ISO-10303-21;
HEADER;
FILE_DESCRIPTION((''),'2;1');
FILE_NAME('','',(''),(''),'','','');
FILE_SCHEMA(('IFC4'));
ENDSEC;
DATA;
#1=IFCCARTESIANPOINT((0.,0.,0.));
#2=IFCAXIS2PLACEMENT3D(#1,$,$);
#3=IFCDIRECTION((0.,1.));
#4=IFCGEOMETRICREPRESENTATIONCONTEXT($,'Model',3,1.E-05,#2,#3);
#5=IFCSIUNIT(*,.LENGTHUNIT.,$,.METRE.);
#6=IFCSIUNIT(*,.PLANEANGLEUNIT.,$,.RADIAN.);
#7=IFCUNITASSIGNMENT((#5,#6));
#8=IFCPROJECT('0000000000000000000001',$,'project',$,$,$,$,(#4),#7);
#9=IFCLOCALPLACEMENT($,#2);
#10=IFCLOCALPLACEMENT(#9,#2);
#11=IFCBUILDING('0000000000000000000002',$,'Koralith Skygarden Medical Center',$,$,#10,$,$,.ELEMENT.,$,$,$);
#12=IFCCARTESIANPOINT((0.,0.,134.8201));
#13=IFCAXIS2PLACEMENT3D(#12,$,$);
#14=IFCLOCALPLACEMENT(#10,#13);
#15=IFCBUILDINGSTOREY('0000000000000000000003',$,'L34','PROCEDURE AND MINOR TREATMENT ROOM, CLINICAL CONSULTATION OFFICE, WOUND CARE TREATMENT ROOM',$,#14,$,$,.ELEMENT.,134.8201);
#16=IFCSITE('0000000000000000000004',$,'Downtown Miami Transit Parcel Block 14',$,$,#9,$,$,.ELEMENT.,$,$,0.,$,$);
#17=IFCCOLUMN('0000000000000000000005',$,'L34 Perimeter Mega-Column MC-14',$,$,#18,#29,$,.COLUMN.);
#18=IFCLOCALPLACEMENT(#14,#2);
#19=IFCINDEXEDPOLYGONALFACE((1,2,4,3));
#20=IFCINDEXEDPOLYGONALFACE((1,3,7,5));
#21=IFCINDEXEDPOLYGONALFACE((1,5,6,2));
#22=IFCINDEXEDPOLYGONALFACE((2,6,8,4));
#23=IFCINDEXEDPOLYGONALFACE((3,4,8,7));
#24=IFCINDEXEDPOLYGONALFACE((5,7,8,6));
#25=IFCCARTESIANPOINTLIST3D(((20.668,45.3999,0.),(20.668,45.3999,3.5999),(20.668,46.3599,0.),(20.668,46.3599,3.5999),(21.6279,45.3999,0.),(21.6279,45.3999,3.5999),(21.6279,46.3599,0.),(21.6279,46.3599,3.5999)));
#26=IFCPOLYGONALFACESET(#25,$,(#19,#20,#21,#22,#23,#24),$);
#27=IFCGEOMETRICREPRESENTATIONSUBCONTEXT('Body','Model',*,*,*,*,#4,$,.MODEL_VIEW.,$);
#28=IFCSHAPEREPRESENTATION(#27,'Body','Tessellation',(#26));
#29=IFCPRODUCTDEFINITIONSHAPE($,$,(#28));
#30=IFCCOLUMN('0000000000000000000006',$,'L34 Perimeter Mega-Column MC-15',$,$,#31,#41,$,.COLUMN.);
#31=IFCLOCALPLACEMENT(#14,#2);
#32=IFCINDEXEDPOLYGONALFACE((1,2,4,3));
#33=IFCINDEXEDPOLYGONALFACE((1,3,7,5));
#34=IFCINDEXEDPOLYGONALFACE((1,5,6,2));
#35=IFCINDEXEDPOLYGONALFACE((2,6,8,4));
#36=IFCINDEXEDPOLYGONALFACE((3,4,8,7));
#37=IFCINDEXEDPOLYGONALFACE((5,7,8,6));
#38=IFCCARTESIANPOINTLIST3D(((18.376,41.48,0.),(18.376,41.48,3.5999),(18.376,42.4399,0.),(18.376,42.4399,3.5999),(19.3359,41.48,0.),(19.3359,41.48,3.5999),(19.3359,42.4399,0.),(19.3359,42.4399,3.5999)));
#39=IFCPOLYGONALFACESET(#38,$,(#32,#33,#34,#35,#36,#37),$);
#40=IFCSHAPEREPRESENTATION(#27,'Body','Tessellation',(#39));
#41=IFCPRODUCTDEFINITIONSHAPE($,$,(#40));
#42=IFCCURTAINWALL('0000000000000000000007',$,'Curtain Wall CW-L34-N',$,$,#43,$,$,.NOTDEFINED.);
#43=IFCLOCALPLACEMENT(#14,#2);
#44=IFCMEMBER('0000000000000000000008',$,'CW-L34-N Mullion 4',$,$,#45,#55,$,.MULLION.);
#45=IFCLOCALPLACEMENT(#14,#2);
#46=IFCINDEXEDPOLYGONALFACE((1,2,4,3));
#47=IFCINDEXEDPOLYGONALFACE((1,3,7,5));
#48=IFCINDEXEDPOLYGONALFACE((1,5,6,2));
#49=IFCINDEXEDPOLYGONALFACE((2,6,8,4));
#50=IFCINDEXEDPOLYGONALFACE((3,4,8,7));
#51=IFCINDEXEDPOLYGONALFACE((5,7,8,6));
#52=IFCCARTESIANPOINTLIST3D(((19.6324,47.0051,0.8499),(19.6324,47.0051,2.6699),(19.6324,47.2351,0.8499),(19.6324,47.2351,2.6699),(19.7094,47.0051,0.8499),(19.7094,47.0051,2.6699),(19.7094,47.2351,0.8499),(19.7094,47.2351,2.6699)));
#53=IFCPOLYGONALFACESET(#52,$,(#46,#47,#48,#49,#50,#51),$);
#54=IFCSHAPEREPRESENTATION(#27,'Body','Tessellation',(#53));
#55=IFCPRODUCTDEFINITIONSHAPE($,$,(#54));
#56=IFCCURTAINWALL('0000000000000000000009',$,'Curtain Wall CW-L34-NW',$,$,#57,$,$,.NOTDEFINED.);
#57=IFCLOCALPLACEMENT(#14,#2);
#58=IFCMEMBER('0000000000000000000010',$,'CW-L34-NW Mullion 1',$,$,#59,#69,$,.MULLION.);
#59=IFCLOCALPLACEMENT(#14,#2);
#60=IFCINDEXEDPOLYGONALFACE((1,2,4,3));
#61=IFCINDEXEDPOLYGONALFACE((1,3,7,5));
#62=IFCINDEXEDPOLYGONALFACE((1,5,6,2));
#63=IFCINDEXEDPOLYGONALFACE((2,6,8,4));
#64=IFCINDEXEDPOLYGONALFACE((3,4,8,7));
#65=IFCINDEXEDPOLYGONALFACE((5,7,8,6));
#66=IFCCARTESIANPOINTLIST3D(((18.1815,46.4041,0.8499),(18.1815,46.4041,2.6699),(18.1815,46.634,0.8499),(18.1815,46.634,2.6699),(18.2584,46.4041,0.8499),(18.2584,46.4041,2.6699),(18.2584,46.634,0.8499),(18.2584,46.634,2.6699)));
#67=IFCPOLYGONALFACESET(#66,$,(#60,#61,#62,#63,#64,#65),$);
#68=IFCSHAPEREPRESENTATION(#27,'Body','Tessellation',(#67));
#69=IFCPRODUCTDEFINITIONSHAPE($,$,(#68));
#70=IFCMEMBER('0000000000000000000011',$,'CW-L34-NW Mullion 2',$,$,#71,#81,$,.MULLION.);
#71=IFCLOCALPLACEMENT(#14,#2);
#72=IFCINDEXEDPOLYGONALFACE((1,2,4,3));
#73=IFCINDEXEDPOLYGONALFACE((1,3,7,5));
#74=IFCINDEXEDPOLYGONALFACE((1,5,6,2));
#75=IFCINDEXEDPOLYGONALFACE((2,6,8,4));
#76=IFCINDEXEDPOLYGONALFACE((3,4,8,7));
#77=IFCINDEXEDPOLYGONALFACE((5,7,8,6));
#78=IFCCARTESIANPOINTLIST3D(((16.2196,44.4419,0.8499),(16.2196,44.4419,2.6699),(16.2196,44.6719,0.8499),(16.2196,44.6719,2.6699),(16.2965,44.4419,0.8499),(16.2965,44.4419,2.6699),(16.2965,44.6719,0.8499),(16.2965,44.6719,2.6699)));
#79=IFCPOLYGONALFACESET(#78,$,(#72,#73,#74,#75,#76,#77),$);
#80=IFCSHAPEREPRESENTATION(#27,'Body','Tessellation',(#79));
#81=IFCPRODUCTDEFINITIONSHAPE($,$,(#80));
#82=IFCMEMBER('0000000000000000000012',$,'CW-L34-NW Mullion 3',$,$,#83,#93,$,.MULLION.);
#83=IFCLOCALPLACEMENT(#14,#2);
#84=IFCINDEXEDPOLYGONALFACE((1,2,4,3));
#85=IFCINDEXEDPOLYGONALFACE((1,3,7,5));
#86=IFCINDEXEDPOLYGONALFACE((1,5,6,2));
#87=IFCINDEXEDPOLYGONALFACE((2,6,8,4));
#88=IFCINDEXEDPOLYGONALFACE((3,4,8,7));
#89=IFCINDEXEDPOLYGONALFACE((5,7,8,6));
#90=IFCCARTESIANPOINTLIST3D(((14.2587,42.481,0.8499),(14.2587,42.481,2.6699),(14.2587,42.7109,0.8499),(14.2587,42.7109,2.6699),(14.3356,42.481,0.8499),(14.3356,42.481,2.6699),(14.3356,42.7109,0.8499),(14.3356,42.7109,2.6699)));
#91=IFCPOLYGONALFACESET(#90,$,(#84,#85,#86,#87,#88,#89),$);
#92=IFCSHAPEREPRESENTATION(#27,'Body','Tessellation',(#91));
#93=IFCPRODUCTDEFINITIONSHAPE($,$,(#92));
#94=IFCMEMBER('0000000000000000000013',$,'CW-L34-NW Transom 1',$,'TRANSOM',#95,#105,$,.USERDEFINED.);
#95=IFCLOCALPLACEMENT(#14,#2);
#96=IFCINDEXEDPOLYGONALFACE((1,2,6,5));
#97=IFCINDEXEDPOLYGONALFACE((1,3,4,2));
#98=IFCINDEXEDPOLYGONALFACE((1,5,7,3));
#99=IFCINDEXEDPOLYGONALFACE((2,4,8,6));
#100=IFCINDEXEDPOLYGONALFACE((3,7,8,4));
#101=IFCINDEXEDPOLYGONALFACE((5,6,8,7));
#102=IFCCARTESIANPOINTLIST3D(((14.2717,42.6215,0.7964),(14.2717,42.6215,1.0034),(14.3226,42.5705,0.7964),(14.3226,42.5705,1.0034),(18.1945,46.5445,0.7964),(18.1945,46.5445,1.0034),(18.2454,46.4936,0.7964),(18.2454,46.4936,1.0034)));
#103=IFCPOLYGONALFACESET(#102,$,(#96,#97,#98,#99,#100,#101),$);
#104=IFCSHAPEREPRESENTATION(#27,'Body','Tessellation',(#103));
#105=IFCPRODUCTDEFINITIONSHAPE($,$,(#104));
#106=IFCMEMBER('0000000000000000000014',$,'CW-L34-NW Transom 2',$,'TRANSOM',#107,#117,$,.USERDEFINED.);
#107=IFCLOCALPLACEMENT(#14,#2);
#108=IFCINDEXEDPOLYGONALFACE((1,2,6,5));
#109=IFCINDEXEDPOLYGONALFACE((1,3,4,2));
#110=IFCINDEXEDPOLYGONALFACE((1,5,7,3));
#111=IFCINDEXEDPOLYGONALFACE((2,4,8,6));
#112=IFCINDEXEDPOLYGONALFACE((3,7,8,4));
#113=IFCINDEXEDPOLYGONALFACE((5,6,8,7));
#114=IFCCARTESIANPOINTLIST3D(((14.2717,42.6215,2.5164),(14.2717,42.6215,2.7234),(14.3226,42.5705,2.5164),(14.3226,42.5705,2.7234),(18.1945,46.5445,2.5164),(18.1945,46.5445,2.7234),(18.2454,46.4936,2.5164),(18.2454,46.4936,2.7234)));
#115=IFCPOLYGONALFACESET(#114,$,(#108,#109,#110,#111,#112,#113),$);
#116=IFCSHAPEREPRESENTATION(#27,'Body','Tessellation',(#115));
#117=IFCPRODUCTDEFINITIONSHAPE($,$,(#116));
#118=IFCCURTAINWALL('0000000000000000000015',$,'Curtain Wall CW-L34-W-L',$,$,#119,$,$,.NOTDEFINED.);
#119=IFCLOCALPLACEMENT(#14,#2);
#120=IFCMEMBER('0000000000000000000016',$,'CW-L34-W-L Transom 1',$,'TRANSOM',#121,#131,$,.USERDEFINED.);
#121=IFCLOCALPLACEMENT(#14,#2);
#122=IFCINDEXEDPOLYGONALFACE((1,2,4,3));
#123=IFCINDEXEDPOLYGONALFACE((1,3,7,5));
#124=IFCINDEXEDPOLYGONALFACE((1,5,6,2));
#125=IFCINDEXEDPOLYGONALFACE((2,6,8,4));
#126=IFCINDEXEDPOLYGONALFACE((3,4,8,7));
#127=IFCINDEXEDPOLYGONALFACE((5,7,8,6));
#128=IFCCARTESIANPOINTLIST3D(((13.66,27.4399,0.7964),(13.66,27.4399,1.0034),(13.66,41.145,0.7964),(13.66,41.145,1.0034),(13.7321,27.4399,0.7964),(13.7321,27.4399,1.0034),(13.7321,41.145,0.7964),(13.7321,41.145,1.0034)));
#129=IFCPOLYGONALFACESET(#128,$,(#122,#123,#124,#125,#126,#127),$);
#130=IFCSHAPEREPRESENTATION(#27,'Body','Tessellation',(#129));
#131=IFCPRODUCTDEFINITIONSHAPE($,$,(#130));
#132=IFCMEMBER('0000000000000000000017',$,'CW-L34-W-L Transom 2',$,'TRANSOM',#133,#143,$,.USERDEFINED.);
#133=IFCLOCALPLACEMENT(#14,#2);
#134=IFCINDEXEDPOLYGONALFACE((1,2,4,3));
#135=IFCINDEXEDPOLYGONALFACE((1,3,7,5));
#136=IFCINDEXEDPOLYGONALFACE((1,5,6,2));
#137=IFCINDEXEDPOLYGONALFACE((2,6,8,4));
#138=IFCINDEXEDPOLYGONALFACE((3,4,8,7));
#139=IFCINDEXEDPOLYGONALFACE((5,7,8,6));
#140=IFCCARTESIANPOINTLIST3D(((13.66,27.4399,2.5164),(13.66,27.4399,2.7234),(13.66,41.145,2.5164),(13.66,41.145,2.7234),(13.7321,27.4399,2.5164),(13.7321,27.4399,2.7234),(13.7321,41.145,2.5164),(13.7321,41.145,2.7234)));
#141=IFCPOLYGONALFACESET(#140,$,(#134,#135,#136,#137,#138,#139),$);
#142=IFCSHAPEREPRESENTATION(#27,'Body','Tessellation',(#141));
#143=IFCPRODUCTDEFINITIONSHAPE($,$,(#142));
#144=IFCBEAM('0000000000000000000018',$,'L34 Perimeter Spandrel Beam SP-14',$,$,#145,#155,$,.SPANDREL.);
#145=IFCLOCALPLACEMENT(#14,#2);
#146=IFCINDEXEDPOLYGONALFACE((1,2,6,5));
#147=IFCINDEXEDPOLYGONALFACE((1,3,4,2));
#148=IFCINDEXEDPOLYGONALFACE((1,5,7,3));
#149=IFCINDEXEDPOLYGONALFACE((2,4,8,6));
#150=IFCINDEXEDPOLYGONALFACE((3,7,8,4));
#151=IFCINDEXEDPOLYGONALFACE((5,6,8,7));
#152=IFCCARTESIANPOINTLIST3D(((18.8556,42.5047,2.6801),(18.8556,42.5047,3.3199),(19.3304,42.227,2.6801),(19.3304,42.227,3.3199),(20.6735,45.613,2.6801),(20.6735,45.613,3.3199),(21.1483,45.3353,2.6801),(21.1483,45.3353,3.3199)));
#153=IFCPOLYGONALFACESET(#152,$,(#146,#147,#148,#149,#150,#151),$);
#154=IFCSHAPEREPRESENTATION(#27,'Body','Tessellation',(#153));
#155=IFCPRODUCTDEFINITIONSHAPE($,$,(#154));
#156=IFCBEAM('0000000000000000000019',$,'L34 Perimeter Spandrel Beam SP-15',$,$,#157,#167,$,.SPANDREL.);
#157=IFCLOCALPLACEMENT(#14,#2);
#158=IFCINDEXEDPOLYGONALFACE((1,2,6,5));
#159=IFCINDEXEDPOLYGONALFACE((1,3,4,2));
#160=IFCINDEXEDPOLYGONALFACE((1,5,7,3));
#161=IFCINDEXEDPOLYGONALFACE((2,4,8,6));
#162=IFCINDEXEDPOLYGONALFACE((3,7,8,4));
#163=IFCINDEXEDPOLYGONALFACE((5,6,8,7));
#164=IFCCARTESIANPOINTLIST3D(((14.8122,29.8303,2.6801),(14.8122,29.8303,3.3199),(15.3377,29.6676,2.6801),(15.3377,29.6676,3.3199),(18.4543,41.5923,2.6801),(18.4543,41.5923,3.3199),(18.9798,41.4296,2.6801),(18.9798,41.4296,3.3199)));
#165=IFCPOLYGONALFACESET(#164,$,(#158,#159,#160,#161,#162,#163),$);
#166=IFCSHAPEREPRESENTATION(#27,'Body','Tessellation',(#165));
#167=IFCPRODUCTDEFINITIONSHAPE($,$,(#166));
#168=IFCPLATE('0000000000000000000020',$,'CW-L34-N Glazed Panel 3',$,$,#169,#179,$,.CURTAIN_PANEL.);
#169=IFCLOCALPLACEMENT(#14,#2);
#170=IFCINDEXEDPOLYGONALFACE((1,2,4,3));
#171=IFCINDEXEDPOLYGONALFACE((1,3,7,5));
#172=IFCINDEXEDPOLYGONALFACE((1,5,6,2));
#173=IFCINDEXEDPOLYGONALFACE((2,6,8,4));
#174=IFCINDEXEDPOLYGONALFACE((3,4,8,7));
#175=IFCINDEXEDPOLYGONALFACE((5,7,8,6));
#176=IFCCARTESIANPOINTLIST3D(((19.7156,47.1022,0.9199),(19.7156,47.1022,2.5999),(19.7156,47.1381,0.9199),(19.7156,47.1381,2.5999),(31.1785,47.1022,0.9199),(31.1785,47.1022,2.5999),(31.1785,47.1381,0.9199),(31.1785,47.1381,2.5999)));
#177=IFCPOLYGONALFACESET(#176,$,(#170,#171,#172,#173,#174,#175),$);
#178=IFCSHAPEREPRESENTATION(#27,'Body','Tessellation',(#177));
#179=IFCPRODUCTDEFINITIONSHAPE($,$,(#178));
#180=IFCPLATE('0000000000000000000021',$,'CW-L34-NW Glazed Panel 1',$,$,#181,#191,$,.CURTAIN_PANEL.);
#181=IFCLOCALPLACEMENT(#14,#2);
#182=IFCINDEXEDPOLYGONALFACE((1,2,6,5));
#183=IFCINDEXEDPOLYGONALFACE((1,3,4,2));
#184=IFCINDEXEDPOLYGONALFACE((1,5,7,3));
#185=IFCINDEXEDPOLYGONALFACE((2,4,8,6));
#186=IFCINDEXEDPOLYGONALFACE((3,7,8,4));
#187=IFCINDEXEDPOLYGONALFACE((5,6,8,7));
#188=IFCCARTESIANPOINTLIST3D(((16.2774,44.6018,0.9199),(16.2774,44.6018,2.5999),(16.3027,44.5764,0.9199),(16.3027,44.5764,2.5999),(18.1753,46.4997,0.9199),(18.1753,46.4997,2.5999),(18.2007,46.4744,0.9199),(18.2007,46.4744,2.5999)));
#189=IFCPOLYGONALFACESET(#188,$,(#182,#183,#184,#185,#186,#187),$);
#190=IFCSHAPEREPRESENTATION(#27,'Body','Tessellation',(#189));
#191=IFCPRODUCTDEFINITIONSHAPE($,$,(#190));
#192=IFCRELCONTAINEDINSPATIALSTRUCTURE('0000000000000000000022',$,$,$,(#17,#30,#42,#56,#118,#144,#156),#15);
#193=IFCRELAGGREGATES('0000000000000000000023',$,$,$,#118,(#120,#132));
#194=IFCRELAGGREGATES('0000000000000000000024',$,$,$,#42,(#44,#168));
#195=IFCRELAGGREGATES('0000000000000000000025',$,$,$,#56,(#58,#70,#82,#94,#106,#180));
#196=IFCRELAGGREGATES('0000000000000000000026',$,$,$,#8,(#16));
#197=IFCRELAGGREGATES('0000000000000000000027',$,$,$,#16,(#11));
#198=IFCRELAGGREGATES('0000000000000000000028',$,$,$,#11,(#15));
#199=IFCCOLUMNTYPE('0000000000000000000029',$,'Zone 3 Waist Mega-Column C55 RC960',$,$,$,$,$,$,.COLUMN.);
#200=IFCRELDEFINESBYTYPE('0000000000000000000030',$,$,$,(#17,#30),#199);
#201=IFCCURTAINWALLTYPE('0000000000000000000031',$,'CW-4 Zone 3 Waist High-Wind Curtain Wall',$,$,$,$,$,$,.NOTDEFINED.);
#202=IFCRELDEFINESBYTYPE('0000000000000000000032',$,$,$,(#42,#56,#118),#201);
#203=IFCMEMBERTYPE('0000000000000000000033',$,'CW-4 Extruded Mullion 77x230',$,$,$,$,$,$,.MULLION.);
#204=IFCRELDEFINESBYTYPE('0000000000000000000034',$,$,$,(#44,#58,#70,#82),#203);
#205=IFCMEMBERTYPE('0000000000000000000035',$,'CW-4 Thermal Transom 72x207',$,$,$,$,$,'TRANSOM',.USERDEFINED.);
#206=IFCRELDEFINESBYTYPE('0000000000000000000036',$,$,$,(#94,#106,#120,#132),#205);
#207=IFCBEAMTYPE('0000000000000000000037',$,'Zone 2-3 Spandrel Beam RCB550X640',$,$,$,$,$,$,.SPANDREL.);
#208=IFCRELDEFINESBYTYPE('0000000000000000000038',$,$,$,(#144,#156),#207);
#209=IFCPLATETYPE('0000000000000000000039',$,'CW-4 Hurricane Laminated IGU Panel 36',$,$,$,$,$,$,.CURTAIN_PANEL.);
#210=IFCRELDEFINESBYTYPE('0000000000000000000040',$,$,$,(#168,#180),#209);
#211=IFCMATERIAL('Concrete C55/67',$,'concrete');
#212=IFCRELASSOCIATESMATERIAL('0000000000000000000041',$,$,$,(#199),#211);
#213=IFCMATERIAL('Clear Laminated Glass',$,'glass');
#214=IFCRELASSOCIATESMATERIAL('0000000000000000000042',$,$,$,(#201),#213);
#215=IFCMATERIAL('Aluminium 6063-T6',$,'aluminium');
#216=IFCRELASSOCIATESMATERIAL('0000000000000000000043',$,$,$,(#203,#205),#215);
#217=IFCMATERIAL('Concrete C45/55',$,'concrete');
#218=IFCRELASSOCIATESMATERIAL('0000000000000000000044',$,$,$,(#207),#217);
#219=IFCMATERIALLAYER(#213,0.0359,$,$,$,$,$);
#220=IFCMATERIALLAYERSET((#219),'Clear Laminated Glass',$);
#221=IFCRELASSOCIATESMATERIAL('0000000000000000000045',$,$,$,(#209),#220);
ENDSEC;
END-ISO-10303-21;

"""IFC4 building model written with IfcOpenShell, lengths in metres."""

from ifc_helpers import new_model, si_unit, direction, frame, origin, origin_2d, place, context, subcontext, project, spatial, rectangle, extrude, material, layer, layer_set, material_profile, profile_set, type_object, element, aggregate, save


model = new_model("IFC4")

# Units and contexts
model_context = context("Model", 3, precision=1e-05, world=origin(), true_north=direction((0.0, 1.0)))
body_context = subcontext(model_context, "Body", "Model", "MODEL_VIEW")
ifc_project = project(units=[si_unit("LENGTHUNIT", "METRE"), si_unit("PLANEANGLEUNIT", "RADIAN")], contexts=[model_context])

# Site, building, storey
site_placement = place(None, origin())
site = spatial("IfcSite", under=ifc_project, at=site_placement, Name="Downtown Miami Transit Parcel Block 14", CompositionType="ELEMENT", RefElevation=0.0)
building_placement = place(site_placement, origin())
building = spatial("IfcBuilding", under=site, at=building_placement, Name="Koralith Skygarden Medical Center", CompositionType="ELEMENT")
storey_placement = place(building_placement, frame((0.0, 0.0, 134.8201)))
storey = spatial("IfcBuildingStorey", under=building, at=storey_placement, Name="L34", Description="PROCEDURE AND MINOR TREATMENT ROOM, CLINICAL CONSULTATION OFFICE, WOUND CARE TREATMENT ROOM", CompositionType="ELEMENT", Elevation=134.8201)

# Columns
ifc_material_1 = material(Name="Concrete C55/67", Category="concrete")
ifc_material_profile_1 = material_profile(ifc_material_1, rectangle(XDim=0.96, YDim=0.96, at=origin_2d()), Name="RC960X960")
ifc_profile_set_1 = profile_set([ifc_material_profile_1], Name="Concrete C55/67")
column_type = type_object("IfcColumnType", Name="Zone 3 Waist Mega-Column C55 RC960", PredefinedType="COLUMN", material=ifc_profile_set_1)
for number, where, z_axis, x_axis, name in (
    (1, (21.1479, 45.8799, 0.0), (0.0, 0.0, 1.0), (1.0, 0.0, 0.0), "L34 Perimeter Mega-Column MC-14"),
    (2, (18.856, 41.96, 0.0), (0.0, 0.0, 1.0), (1.0, 0.0, 0.0), "L34 Perimeter Mega-Column MC-15"),
):
    element("IfcColumn", number, at=place(storey_placement, frame(where, z_axis=z_axis, x_axis=x_axis)), inside=storey, type_object=column_type, Name=name, PredefinedType="COLUMN", context=body_context, shape_type="SweptSolid", body=[
        extrude(rectangle(XDim=0.96, YDim=0.96, at=origin_2d()), origin(), (0.0, 0.0, 1.0), 3.5999),
    ])

# Curtain wall, member
ifc_material_2 = material(Name="Clear Laminated Glass", Category="glass")
curtain_wall_type = type_object("IfcCurtainWallType", Name="CW-4 Zone 3 Waist High-Wind Curtain Wall", PredefinedType="NOTDEFINED", material=ifc_material_2)
curtain_wall_1_placement = place(storey_placement, origin())
curtain_wall_1 = element("IfcCurtainWall", 3, at=curtain_wall_1_placement, inside=storey, type_object=curtain_wall_type, Name="Curtain Wall CW-L34-N", PredefinedType="NOTDEFINED")
ifc_material_3 = material(Name="Aluminium 6063-T6", Category="aluminium")
ifc_material_profile_2 = material_profile(ifc_material_3, rectangle(XDim=0.0769, YDim=0.23, at=origin_2d()), Name="MUL77X230")
ifc_profile_set_2 = profile_set([ifc_material_profile_2], Name="Aluminium 6063-T6")
member_type_1 = type_object("IfcMemberType", Name="CW-4 Extruded Mullion 77x230", PredefinedType="MULLION", material=ifc_profile_set_2)
member_1_placement = place(storey_placement, frame((19.6709, 47.1201, 0.8499), z_axis=(0.0, 0.0, 1.0), x_axis=(1.0, 0.0, 0.0)))
member_1 = element("IfcMember", 4, at=member_1_placement, type_object=member_type_1, Name="CW-L34-N Mullion 4", PredefinedType="MULLION", context=body_context, shape_type="SweptSolid", body=[
    extrude(rectangle(XDim=0.0769, YDim=0.23, at=origin_2d()), origin(), (0.0, 0.0, 1.0), 1.8201),
])

# Curtain walls, members
curtain_wall_2_placement = place(storey_placement, origin())
curtain_wall_2 = element("IfcCurtainWall", 5, at=curtain_wall_2_placement, inside=storey, type_object=curtain_wall_type, Name="Curtain Wall CW-L34-NW", PredefinedType="NOTDEFINED")
member_2_placement = place(storey_placement, frame((18.22, 46.519, 0.8499), z_axis=(0.0, 0.0, 1.0), x_axis=(1.0, 0.0, 0.0)))
member_2 = element("IfcMember", 6, at=member_2_placement, type_object=member_type_1, Name="CW-L34-NW Mullion 1", PredefinedType="MULLION", context=body_context, shape_type="SweptSolid", body=[
    extrude(rectangle(XDim=0.0769, YDim=0.23, at=origin_2d()), origin(), (0.0, 0.0, 1.0), 1.8201),
])
member_3_placement = place(storey_placement, frame((16.2581, 44.5569, 0.8499), z_axis=(0.0, 0.0, 1.0), x_axis=(1.0, 0.0, 0.0)))
member_3 = element("IfcMember", 7, at=member_3_placement, type_object=member_type_1, Name="CW-L34-NW Mullion 2", PredefinedType="MULLION", context=body_context, shape_type="SweptSolid", body=[
    extrude(rectangle(XDim=0.0769, YDim=0.23, at=origin_2d()), origin(), (0.0, 0.0, 1.0), 1.8201),
])
member_4_placement = place(storey_placement, frame((14.2971, 42.5959, 0.8499), z_axis=(0.0, 0.0, 1.0), x_axis=(1.0, 0.0, 0.0)))
member_4 = element("IfcMember", 8, at=member_4_placement, type_object=member_type_1, Name="CW-L34-NW Mullion 3", PredefinedType="MULLION", context=body_context, shape_type="SweptSolid", body=[
    extrude(rectangle(XDim=0.0769, YDim=0.23, at=origin_2d()), origin(), (0.0, 0.0, 1.0), 1.8201),
])
ifc_material_profile_3 = material_profile(ifc_material_3, rectangle(XDim=0.072, YDim=0.207, at=origin_2d()), Name="TRN72X207")
ifc_profile_set_3 = profile_set([ifc_material_profile_3], Name="Aluminium 6063-T6")
member_type_2 = type_object("IfcMemberType", Name="CW-4 Thermal Transom 72x207", ElementType="TRANSOM", PredefinedType="USERDEFINED", material=ifc_profile_set_3)
member_5_placement = place(storey_placement, frame((18.22, 46.519, 0.8999), z_axis=(-0.707085, -0.707129, 0.0), x_axis=(0.707129, -0.707085, 0.0)))
member_5 = element("IfcMember", 9, at=member_5_placement, type_object=member_type_2, Name="CW-L34-NW Transom 1", ObjectType="TRANSOM", PredefinedType="USERDEFINED", context=body_context, shape_type="SweptSolid", body=[
    extrude(rectangle(XDim=0.072, YDim=0.207, at=origin_2d()), origin(), (0.0, 0.0, 1.0), 5.5479),
])
member_6_placement = place(storey_placement, frame((18.22, 46.519, 2.6199), z_axis=(-0.707085, -0.707129, 0.0), x_axis=(0.707129, -0.707085, 0.0)))
member_6 = element("IfcMember", 10, at=member_6_placement, type_object=member_type_2, Name="CW-L34-NW Transom 2", ObjectType="TRANSOM", PredefinedType="USERDEFINED", context=body_context, shape_type="SweptSolid", body=[
    extrude(rectangle(XDim=0.072, YDim=0.207, at=origin_2d()), origin(), (0.0, 0.0, 1.0), 5.5479),
])
curtain_wall_3_placement = place(storey_placement, origin())
curtain_wall_3 = element("IfcCurtainWall", 11, at=curtain_wall_3_placement, inside=storey, type_object=curtain_wall_type, Name="Curtain Wall CW-L34-W-L", PredefinedType="NOTDEFINED")
member_7_placement = place(storey_placement, frame((13.696, 41.145, 0.8999), z_axis=(0.0, -1.0, 0.0), x_axis=(1.0, 0.0, 0.0)))
member_7 = element("IfcMember", 12, at=member_7_placement, type_object=member_type_2, Name="CW-L34-W-L Transom 1", ObjectType="TRANSOM", PredefinedType="USERDEFINED", context=body_context, shape_type="SweptSolid", body=[
    extrude(rectangle(XDim=0.072, YDim=0.207, at=origin_2d()), origin(), (0.0, 0.0, 1.0), 13.7051),
])
member_8_placement = place(storey_placement, frame((13.696, 41.145, 2.6199), z_axis=(0.0, -1.0, 0.0), x_axis=(1.0, 0.0, 0.0)))
member_8 = element("IfcMember", 13, at=member_8_placement, type_object=member_type_2, Name="CW-L34-W-L Transom 2", ObjectType="TRANSOM", PredefinedType="USERDEFINED", context=body_context, shape_type="SweptSolid", body=[
    extrude(rectangle(XDim=0.072, YDim=0.207, at=origin_2d()), origin(), (0.0, 0.0, 1.0), 13.7051),
])
aggregate(curtain_wall_3, [member_7, member_8])

# Beams
ifc_material_4 = material(Name="Concrete C45/55", Category="concrete")
ifc_material_profile_4 = material_profile(ifc_material_4, rectangle(XDim=0.55, YDim=0.6399, at=origin_2d()), Name="RCB550X640")
ifc_profile_set_4 = profile_set([ifc_material_profile_4], Name="Concrete C45/55")
beam_type = type_object("IfcBeamType", Name="Zone 2-3 Spandrel Beam RCB550X640", PredefinedType="SPANDREL", material=ifc_profile_set_4)
beam_1_placement = place(storey_placement, frame((20.9109, 45.4741, 3.0), z_axis=(-0.504861, -0.8632, 0.0), x_axis=(0.8632, -0.504861, 0.0)))
element("IfcBeam", 14, at=beam_1_placement, inside=storey, type_object=beam_type, Name="L34 Perimeter Spandrel Beam SP-14", PredefinedType="SPANDREL", context=body_context, shape_type="SweptSolid", body=[
    extrude(rectangle(XDim=0.55, YDim=0.6399, at=origin_2d()), origin(), (0.0, 0.0, 1.0), 3.6008),
])
beam_2_placement = place(storey_placement, frame((18.717, 41.511, 3.0), z_axis=(-0.295794, -0.955252, 0.0), x_axis=(0.955252, -0.295794, 0.0)))
element("IfcBeam", 15, at=beam_2_placement, inside=storey, type_object=beam_type, Name="L34 Perimeter Spandrel Beam SP-15", PredefinedType="SPANDREL", context=body_context, shape_type="SweptSolid", body=[
    extrude(rectangle(XDim=0.55, YDim=0.6399, at=origin_2d()), origin(), (0.0, 0.0, 1.0), 12.313),
])

# Plates
ifc_layer_1 = layer(ifc_material_2, 0.0359)
ifc_layer_set_1 = layer_set([ifc_layer_1], Name="Clear Laminated Glass")
plate_type_1 = type_object("IfcPlateType", Name="CW-4 Hurricane Laminated IGU Panel 36", PredefinedType="CURTAIN_PANEL", material=ifc_layer_set_1)
plate_1_placement = place(storey_placement, frame((25.447, 47.1201, 0.9199), z_axis=(0.0, 0.0, 1.0), x_axis=(-1.0, 0.0, 0.0)))
plate_1 = element("IfcPlate", 16, at=plate_1_placement, type_object=plate_type_1, Name="CW-L34-N Glazed Panel 3", PredefinedType="CURTAIN_PANEL", context=body_context, shape_type="SweptSolid", body=[
    extrude(rectangle(XDim=11.4629, YDim=0.0359, at=origin_2d()), origin(), (0.0, 0.0, 1.0), 1.6799),
])
aggregate(curtain_wall_1, [member_1, plate_1])
plate_2_placement = place(storey_placement, frame((17.239, 45.5381, 0.9199), z_axis=(0.0, 0.0, 1.0), x_axis=(-0.707107, -0.707107, 0.0)))
plate_2 = element("IfcPlate", 17, at=plate_2_placement, type_object=plate_type_1, Name="CW-L34-NW Glazed Panel 1", PredefinedType="CURTAIN_PANEL", context=body_context, shape_type="SweptSolid", body=[
    extrude(rectangle(XDim=2.6841, YDim=0.0359, at=origin_2d()), origin(), (0.0, 0.0, 1.0), 1.6799),
])
aggregate(curtain_wall_2, [member_2, member_3, member_4, member_5, member_6, plate_2])

save(model, "model.ifc")
